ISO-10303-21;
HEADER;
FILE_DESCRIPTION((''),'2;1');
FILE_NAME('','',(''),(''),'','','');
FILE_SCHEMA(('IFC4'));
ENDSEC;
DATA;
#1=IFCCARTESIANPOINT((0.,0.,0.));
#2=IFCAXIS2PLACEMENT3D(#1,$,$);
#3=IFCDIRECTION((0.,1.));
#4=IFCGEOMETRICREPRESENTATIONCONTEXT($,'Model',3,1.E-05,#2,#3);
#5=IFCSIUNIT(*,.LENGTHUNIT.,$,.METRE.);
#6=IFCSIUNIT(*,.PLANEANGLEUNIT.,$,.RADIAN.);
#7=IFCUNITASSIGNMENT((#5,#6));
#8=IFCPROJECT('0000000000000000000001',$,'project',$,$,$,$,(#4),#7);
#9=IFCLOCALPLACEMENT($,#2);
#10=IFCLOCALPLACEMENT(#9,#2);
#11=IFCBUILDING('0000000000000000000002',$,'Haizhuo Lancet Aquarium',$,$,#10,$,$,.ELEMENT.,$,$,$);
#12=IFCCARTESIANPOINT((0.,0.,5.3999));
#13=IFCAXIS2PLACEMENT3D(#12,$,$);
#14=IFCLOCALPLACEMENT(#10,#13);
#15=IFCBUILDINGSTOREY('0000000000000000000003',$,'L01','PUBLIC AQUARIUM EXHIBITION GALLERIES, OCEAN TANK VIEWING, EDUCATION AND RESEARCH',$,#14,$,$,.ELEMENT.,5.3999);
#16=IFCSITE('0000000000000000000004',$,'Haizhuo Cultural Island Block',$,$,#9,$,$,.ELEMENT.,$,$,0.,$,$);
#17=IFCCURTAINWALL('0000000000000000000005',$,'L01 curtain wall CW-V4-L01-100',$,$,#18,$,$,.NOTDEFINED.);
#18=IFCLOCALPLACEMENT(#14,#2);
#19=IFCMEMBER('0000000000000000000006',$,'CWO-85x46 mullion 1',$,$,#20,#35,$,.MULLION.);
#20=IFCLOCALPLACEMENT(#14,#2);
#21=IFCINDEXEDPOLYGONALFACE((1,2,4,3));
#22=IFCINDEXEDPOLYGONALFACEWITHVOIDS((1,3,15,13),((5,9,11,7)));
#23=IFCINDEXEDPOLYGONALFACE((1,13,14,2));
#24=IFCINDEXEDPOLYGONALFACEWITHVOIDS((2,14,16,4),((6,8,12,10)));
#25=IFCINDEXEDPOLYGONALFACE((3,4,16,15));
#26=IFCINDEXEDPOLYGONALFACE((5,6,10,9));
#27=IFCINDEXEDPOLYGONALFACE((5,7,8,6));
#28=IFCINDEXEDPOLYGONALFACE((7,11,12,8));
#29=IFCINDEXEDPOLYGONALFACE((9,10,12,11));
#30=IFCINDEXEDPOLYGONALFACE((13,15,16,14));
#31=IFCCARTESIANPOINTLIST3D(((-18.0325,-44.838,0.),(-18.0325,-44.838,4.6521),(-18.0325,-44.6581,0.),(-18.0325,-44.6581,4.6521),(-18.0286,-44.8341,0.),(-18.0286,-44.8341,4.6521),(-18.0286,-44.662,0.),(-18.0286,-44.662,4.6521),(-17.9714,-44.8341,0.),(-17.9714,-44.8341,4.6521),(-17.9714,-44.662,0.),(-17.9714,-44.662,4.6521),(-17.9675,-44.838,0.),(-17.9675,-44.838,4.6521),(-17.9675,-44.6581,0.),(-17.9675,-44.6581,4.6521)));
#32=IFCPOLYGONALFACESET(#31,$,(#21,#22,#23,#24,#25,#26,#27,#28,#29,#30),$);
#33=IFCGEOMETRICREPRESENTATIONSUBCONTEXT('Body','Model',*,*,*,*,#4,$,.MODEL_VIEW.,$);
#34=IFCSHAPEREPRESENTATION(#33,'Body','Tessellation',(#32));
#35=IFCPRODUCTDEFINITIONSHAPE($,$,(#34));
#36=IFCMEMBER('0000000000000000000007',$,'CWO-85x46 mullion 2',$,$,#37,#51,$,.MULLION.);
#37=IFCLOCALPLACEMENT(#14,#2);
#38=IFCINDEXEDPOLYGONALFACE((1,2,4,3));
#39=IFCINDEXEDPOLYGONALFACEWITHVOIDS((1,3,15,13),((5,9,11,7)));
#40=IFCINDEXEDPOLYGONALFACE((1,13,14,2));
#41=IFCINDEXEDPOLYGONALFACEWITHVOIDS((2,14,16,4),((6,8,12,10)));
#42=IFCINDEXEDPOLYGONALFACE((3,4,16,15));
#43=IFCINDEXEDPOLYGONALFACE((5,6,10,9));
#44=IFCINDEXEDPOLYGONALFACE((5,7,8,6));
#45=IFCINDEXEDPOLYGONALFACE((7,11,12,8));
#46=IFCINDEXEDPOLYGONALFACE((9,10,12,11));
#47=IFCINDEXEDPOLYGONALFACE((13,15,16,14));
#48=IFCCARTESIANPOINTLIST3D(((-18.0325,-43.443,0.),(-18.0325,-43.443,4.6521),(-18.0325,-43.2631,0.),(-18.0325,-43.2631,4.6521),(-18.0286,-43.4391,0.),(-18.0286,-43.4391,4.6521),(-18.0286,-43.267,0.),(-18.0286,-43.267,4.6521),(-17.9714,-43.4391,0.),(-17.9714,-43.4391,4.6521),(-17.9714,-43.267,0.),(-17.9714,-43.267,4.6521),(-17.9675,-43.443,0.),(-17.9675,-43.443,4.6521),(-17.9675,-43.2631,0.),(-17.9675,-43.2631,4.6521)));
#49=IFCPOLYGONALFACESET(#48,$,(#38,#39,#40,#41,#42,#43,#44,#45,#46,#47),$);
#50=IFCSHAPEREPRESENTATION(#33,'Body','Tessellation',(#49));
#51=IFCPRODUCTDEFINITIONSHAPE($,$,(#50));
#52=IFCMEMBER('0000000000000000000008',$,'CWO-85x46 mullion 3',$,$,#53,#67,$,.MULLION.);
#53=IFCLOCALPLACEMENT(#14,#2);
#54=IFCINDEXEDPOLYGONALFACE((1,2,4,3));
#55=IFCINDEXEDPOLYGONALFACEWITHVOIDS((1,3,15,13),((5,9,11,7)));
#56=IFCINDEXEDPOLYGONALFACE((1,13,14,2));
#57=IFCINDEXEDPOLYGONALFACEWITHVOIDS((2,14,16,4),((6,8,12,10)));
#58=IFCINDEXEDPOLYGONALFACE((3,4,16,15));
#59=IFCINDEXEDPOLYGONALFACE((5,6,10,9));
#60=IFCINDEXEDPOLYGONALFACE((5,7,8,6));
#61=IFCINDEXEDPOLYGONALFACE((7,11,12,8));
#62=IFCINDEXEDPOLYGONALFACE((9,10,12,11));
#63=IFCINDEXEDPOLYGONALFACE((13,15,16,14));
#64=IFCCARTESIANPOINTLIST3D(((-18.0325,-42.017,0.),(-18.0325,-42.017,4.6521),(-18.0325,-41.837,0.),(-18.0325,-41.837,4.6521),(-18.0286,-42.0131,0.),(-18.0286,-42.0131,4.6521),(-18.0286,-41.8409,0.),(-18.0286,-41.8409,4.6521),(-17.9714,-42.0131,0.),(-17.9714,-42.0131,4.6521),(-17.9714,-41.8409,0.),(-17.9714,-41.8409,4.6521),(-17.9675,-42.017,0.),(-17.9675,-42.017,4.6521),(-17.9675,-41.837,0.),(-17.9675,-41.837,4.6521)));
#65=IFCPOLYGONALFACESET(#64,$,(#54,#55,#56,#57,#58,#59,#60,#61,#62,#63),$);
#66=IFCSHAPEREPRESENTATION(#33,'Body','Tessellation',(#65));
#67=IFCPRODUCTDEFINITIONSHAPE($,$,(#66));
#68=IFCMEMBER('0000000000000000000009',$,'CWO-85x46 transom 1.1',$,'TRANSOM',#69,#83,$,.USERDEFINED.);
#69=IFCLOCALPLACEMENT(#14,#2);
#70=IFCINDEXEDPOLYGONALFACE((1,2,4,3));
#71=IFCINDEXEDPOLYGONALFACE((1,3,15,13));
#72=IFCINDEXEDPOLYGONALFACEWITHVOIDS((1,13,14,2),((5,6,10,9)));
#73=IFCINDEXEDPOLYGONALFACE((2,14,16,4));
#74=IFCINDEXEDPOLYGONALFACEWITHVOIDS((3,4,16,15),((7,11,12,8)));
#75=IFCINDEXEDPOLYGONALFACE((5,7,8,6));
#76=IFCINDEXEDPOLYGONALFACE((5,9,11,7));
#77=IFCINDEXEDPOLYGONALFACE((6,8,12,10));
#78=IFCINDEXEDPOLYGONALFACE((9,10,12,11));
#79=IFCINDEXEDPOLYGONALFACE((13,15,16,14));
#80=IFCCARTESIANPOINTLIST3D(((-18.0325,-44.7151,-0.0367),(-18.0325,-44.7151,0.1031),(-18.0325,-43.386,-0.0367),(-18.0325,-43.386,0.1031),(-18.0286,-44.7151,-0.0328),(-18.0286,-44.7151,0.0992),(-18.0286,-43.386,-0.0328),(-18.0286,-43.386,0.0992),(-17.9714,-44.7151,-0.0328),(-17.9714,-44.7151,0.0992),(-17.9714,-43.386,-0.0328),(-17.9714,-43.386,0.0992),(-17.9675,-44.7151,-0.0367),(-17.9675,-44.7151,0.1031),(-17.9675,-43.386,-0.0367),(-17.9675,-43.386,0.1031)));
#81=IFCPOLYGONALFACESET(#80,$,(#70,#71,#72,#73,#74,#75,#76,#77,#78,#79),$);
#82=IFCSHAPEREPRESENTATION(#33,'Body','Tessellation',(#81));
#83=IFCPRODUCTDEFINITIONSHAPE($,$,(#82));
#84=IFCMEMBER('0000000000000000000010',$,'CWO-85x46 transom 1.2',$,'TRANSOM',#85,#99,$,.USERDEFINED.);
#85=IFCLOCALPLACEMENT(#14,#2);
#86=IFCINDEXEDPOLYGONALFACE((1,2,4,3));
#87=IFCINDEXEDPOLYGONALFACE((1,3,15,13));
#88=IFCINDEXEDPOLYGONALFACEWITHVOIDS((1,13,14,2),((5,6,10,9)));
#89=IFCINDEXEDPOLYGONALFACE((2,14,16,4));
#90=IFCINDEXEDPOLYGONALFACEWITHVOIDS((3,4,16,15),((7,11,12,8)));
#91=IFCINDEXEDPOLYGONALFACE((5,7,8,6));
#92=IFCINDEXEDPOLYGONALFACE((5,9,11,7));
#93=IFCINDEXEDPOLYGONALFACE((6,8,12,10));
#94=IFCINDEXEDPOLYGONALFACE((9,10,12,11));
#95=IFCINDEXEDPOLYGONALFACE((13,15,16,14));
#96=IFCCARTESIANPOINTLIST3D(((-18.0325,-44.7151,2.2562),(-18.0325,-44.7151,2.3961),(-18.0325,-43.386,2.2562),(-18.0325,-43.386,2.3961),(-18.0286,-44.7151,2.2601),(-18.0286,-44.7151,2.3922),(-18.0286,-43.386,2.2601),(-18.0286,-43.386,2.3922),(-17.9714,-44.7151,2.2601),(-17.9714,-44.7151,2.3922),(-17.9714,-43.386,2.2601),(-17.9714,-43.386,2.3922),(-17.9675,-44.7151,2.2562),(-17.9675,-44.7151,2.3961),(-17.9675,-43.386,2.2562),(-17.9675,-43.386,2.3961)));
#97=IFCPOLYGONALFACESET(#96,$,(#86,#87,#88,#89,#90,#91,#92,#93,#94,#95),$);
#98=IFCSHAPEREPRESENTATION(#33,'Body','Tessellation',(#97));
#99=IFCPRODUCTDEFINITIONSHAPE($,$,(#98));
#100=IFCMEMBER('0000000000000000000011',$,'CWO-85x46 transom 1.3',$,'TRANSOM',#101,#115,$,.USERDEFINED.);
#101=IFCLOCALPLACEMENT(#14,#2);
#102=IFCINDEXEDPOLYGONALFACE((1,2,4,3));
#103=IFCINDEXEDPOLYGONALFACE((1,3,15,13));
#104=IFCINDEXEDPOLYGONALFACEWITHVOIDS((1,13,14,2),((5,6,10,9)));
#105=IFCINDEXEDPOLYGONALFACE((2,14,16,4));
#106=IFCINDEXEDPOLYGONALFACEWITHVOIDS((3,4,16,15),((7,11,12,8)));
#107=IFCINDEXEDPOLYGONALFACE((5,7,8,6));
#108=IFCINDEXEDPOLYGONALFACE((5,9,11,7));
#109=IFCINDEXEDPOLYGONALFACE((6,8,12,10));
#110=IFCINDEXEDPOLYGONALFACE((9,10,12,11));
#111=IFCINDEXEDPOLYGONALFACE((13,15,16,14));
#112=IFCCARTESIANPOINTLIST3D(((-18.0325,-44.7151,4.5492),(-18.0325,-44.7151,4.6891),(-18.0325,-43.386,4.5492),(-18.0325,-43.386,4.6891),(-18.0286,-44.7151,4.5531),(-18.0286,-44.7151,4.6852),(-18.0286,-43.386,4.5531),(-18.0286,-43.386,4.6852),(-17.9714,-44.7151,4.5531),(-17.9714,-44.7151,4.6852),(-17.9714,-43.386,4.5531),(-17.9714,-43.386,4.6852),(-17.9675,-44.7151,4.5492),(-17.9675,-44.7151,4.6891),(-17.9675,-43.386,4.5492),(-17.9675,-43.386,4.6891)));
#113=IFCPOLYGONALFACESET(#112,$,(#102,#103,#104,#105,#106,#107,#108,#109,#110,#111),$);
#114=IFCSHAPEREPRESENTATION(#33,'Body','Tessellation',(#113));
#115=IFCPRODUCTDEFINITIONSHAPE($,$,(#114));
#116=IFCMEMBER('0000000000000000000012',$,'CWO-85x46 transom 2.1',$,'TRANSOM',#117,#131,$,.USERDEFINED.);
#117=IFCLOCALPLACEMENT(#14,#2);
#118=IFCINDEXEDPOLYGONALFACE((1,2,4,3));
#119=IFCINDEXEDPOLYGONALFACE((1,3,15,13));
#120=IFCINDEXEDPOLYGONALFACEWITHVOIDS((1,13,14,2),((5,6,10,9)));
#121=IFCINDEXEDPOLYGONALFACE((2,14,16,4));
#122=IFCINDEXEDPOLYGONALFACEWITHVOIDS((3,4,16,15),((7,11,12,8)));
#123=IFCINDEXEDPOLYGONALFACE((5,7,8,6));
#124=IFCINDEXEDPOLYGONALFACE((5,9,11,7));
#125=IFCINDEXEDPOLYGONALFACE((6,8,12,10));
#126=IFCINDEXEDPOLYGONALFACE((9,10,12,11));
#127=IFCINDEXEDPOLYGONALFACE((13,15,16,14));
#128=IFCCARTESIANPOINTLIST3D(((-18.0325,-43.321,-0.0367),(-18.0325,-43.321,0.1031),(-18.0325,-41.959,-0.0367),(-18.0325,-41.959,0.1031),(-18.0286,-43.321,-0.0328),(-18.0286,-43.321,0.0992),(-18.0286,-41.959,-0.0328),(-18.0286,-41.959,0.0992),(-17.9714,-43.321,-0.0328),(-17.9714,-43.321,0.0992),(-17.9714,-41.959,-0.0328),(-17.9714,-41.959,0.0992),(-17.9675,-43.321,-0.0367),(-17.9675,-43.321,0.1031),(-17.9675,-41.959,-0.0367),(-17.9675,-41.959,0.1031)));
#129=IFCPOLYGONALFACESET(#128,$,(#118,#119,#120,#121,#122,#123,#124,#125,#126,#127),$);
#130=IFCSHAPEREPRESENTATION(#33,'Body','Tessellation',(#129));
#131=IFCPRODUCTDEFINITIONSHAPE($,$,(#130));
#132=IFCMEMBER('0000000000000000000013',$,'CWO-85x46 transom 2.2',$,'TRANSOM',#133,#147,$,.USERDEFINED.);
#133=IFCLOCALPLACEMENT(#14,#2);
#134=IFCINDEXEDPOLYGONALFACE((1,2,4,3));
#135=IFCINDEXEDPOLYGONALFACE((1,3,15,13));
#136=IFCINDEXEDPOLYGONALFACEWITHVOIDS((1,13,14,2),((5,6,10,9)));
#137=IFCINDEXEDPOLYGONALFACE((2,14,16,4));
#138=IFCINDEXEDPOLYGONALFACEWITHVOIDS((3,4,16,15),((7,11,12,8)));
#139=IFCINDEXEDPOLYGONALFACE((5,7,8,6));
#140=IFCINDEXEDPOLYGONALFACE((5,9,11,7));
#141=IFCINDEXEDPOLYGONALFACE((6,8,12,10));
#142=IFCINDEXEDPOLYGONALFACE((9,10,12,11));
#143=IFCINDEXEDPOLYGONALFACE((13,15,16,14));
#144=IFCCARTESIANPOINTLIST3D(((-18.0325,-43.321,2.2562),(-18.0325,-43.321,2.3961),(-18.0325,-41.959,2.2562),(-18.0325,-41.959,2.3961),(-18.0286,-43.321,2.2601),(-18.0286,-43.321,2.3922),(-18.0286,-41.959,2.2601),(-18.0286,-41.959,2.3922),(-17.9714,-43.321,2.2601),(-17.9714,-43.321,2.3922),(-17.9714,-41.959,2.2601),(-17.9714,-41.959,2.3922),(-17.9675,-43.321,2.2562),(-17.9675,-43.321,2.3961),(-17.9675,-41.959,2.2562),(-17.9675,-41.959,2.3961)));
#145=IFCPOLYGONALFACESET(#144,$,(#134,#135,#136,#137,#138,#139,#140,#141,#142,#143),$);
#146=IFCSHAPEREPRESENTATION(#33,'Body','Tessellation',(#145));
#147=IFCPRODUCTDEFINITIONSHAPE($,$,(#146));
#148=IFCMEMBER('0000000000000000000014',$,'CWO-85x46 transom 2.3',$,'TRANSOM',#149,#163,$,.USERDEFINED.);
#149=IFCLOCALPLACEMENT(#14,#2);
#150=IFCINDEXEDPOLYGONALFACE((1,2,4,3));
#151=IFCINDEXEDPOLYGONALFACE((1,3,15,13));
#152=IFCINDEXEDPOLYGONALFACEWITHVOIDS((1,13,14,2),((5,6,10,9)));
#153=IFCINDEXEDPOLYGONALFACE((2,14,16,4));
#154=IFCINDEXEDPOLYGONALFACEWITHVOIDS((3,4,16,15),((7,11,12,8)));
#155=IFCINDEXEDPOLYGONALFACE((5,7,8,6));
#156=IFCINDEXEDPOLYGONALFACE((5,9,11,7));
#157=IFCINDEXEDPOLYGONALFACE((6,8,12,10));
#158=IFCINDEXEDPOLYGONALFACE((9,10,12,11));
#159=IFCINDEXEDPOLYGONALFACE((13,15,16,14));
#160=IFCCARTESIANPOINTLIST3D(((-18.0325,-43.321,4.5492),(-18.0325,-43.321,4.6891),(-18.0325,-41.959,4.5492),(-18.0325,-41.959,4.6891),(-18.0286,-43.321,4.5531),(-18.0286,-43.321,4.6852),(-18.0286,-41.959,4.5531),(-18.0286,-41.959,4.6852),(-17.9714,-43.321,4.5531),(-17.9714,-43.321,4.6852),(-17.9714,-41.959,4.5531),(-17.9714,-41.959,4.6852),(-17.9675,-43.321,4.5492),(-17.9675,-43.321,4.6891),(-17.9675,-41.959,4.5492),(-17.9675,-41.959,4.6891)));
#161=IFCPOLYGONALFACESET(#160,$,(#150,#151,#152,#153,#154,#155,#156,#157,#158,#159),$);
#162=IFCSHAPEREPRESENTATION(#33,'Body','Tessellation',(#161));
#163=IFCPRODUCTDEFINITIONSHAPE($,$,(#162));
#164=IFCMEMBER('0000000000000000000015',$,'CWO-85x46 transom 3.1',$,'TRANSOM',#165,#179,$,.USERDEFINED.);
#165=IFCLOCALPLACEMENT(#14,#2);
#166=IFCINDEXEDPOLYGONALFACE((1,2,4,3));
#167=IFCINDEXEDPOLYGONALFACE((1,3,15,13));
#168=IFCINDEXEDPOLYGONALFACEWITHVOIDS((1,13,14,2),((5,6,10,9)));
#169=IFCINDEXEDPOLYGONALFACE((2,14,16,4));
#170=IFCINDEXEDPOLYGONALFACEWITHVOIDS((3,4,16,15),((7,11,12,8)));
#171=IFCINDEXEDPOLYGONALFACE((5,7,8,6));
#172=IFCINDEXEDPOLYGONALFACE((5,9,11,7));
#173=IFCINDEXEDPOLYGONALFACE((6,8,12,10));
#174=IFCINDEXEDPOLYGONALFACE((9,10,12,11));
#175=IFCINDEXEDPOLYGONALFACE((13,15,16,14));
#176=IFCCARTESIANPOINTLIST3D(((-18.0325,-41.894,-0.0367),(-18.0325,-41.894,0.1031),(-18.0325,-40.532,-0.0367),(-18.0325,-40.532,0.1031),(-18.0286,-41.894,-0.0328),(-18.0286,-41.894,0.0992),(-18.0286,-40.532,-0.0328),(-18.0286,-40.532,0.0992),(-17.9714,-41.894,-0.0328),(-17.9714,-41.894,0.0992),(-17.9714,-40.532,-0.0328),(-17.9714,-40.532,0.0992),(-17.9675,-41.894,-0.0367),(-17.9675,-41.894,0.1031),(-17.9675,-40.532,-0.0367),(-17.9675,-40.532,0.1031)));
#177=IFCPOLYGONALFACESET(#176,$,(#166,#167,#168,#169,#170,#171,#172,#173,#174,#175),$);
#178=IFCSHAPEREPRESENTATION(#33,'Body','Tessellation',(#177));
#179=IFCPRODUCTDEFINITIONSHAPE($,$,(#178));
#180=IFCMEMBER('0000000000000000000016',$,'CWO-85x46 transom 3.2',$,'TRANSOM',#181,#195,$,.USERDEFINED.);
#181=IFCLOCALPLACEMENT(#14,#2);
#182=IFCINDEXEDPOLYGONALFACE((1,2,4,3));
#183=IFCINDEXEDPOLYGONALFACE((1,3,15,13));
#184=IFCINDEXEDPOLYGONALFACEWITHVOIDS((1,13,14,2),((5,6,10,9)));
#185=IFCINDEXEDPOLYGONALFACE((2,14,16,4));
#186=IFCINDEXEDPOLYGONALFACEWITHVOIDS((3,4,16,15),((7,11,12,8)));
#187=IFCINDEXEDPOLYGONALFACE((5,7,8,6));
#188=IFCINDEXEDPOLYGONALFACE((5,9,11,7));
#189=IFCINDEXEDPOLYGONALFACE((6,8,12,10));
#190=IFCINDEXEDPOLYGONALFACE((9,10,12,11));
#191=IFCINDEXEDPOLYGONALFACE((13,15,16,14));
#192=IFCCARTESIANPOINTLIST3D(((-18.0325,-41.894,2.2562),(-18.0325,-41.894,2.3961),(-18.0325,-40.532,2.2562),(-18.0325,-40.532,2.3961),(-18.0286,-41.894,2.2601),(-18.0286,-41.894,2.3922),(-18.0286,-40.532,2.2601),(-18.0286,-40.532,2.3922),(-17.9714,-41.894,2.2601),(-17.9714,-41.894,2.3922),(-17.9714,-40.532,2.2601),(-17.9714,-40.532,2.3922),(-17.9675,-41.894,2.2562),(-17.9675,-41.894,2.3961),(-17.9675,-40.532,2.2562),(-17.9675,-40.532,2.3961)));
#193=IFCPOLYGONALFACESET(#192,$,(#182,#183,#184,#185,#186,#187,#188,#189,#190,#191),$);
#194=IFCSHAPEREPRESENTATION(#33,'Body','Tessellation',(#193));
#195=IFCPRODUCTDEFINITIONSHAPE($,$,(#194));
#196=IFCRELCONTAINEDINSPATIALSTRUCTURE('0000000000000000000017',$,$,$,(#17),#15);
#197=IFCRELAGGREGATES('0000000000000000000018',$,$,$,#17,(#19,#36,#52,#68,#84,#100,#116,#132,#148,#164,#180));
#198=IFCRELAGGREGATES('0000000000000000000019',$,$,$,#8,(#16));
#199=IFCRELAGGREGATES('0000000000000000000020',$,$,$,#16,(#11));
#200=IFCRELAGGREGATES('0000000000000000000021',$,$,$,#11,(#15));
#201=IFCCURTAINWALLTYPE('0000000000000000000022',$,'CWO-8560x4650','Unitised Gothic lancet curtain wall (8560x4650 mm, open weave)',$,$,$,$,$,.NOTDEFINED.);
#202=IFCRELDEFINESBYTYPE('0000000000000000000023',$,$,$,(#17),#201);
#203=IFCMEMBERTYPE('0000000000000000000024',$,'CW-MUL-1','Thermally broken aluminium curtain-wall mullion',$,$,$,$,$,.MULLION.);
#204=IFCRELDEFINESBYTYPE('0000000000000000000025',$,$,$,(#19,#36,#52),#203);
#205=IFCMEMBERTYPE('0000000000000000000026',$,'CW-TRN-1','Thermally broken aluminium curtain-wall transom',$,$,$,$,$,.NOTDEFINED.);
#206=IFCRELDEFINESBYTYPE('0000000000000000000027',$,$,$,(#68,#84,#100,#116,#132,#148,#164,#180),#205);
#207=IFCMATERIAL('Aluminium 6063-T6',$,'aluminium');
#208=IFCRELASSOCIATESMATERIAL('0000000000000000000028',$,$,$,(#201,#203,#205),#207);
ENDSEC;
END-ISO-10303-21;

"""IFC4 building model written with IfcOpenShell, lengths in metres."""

from ifc_helpers import new_model, si_unit, direction, frame, origin, origin_2d, place, context, subcontext, project, spatial, hollow_rectangle, extrude, material, material_profile, profile_set, type_object, element, aggregate, save


model = new_model("IFC4")

# Units and contexts
model_context = context("Model", 3, precision=1e-05, world=origin(), true_north=direction((0.0, 1.0)))
body_context = subcontext(model_context, "Body", "Model", "MODEL_VIEW")
ifc_project = project(units=[si_unit("LENGTHUNIT", "METRE"), si_unit("PLANEANGLEUNIT", "RADIAN")], contexts=[model_context])

# Site, building, storey
site_placement = place(None, origin())
site = spatial("IfcSite", under=ifc_project, at=site_placement, Name="Haizhuo Cultural Island Block", CompositionType="ELEMENT", RefElevation=0.0)
building_placement = place(site_placement, origin())
building = spatial("IfcBuilding", under=site, at=building_placement, Name="Haizhuo Lancet Aquarium", CompositionType="ELEMENT")
storey_placement = place(building_placement, frame((0.0, 0.0, 5.3999)))
storey = spatial("IfcBuildingStorey", under=building, at=storey_placement, Name="L01", Description="PUBLIC AQUARIUM EXHIBITION GALLERIES, OCEAN TANK VIEWING, EDUCATION AND RESEARCH", CompositionType="ELEMENT", Elevation=5.3999)

# Curtain wall, members
ifc_material_1 = material(Name="Aluminium 6063-T6", Category="aluminium")
curtain_wall_type = type_object("IfcCurtainWallType", Name="CWO-8560x4650", Description="Unitised Gothic lancet curtain wall (8560x4650 mm, open weave)", PredefinedType="NOTDEFINED", material=ifc_material_1)
curtain_wall_placement = place(storey_placement, origin())
curtain_wall = element("IfcCurtainWall", 1, at=curtain_wall_placement, inside=storey, type_object=curtain_wall_type, Name="L01 curtain wall CW-V4-L01-100", PredefinedType="NOTDEFINED")
ifc_material_profile_1 = material_profile(ifc_material_1, hollow_rectangle(XDim=0.0649, YDim=0.1799, WallThickness=0.0039, at=origin_2d()), Name="ALU-M 65x180x4")
ifc_profile_set_1 = profile_set([ifc_material_profile_1], Name="Aluminium 6063-T6")
member_type_1 = type_object("IfcMemberType", Name="CW-MUL-1", Description="Thermally broken aluminium curtain-wall mullion", PredefinedType="MULLION", material=ifc_profile_set_1)
member_1_placement = place(storey_placement, frame((-18.0, -44.748, 0.0), z_axis=(0.0, 0.0, 1.0), x_axis=(-1.0, 0.0, 0.0)))
member_1 = element("IfcMember", 2, at=member_1_placement, type_object=member_type_1, Name="CWO-85x46 mullion 1", PredefinedType="MULLION", context=body_context, shape_type="SweptSolid", body=[
    extrude(hollow_rectangle(XDim=0.0649, YDim=0.1799, WallThickness=0.0039, at=origin_2d()), origin(), (0.0, 0.0, 1.0), 4.6521),
])
member_2_placement = place(storey_placement, frame((-18.0, -43.353, 0.0), z_axis=(0.0, 0.0, 1.0), x_axis=(-1.0, 0.0, 0.0)))
member_2 = element("IfcMember", 3, at=member_2_placement, type_object=member_type_1, Name="CWO-85x46 mullion 2", PredefinedType="MULLION", context=body_context, shape_type="SweptSolid", body=[
    extrude(hollow_rectangle(XDim=0.0649, YDim=0.1799, WallThickness=0.0039, at=origin_2d()), origin(), (0.0, 0.0, 1.0), 4.6521),
])
member_3_placement = place(storey_placement, frame((-18.0, -41.927, 0.0), z_axis=(0.0, 0.0, 1.0), x_axis=(-1.0, 0.0, 0.0)))
member_3 = element("IfcMember", 4, at=member_3_placement, type_object=member_type_1, Name="CWO-85x46 mullion 3", PredefinedType="MULLION", context=body_context, shape_type="SweptSolid", body=[
    extrude(hollow_rectangle(XDim=0.0649, YDim=0.1799, WallThickness=0.0039, at=origin_2d()), origin(), (0.0, 0.0, 1.0), 4.6521),
])
ifc_material_profile_2 = material_profile(ifc_material_1, hollow_rectangle(XDim=0.0649, YDim=0.1399, WallThickness=0.0039, at=origin_2d()), Name="ALU-T 65x140x4")
ifc_profile_set_2 = profile_set([ifc_material_profile_2], Name="Aluminium 6063-T6")
member_type_2 = type_object("IfcMemberType", Name="CW-TRN-1", Description="Thermally broken aluminium curtain-wall transom", PredefinedType="NOTDEFINED", material=ifc_profile_set_2)
member_4_placement = place(storey_placement, frame((-18.0, -44.7151, 0.0332), z_axis=(0.0, 1.0, 0.0), x_axis=(-1.0, 0.0, 0.0)))
member_4 = element("IfcMember", 5, at=member_4_placement, type_object=member_type_2, Name="CWO-85x46 transom 1.1", ObjectType="TRANSOM", PredefinedType="USERDEFINED", context=body_context, shape_type="SweptSolid", body=[
    extrude(hollow_rectangle(XDim=0.0649, YDim=0.1399, WallThickness=0.0039, at=origin_2d()), origin(), (0.0, 0.0, 1.0), 1.3291),
])
member_5_placement = place(storey_placement, frame((-18.0, -44.7151, 2.3262), z_axis=(0.0, 1.0, 0.0), x_axis=(-1.0, 0.0, 0.0)))
member_5 = element("IfcMember", 6, at=member_5_placement, type_object=member_type_2, Name="CWO-85x46 transom 1.2", ObjectType="TRANSOM", PredefinedType="USERDEFINED", context=body_context, shape_type="SweptSolid", body=[
    extrude(hollow_rectangle(XDim=0.0649, YDim=0.1399, WallThickness=0.0039, at=origin_2d()), origin(), (0.0, 0.0, 1.0), 1.3291),
])
member_6_placement = place(storey_placement, frame((-18.0, -44.7151, 4.6191), z_axis=(0.0, 1.0, 0.0), x_axis=(-1.0, 0.0, 0.0)))
member_6 = element("IfcMember", 7, at=member_6_placement, type_object=member_type_2, Name="CWO-85x46 transom 1.3", ObjectType="TRANSOM", PredefinedType="USERDEFINED", context=body_context, shape_type="SweptSolid", body=[
    extrude(hollow_rectangle(XDim=0.0649, YDim=0.1399, WallThickness=0.0039, at=origin_2d()), origin(), (0.0, 0.0, 1.0), 1.3291),
])
member_7_placement = place(storey_placement, frame((-18.0, -43.321, 0.0332), z_axis=(0.0, 1.0, 0.0), x_axis=(-1.0, 0.0, 0.0)))
member_7 = element("IfcMember", 8, at=member_7_placement, type_object=member_type_2, Name="CWO-85x46 transom 2.1", ObjectType="TRANSOM", PredefinedType="USERDEFINED", context=body_context, shape_type="SweptSolid", body=[
    extrude(hollow_rectangle(XDim=0.0649, YDim=0.1399, WallThickness=0.0039, at=origin_2d()), origin(), (0.0, 0.0, 1.0), 1.3621),
])
member_8_placement = place(storey_placement, frame((-18.0, -43.321, 2.3262), z_axis=(0.0, 1.0, 0.0), x_axis=(-1.0, 0.0, 0.0)))
member_8 = element("IfcMember", 9, at=member_8_placement, type_object=member_type_2, Name="CWO-85x46 transom 2.2", ObjectType="TRANSOM", PredefinedType="USERDEFINED", context=body_context, shape_type="SweptSolid", body=[
    extrude(hollow_rectangle(XDim=0.0649, YDim=0.1399, WallThickness=0.0039, at=origin_2d()), origin(), (0.0, 0.0, 1.0), 1.3621),
])
member_9_placement = place(storey_placement, frame((-18.0, -43.321, 4.6191), z_axis=(0.0, 1.0, 0.0), x_axis=(-1.0, 0.0, 0.0)))
member_9 = element("IfcMember", 10, at=member_9_placement, type_object=member_type_2, Name="CWO-85x46 transom 2.3", ObjectType="TRANSOM", PredefinedType="USERDEFINED", context=body_context, shape_type="SweptSolid", body=[
    extrude(hollow_rectangle(XDim=0.0649, YDim=0.1399, WallThickness=0.0039, at=origin_2d()), origin(), (0.0, 0.0, 1.0), 1.3621),
])
member_10_placement = place(storey_placement, frame((-18.0, -41.894, 0.0332), z_axis=(0.0, 1.0, 0.0), x_axis=(-1.0, 0.0, 0.0)))
member_10 = element("IfcMember", 11, at=member_10_placement, type_object=member_type_2, Name="CWO-85x46 transom 3.1", ObjectType="TRANSOM", PredefinedType="USERDEFINED", context=body_context, shape_type="SweptSolid", body=[
    extrude(hollow_rectangle(XDim=0.0649, YDim=0.1399, WallThickness=0.0039, at=origin_2d()), origin(), (0.0, 0.0, 1.0), 1.3621),
])
member_11_placement = place(storey_placement, frame((-18.0, -41.894, 2.3262), z_axis=(0.0, 1.0, 0.0), x_axis=(-1.0, 0.0, 0.0)))
member_11 = element("IfcMember", 12, at=member_11_placement, type_object=member_type_2, Name="CWO-85x46 transom 3.2", ObjectType="TRANSOM", PredefinedType="USERDEFINED", context=body_context, shape_type="SweptSolid", body=[
    extrude(hollow_rectangle(XDim=0.0649, YDim=0.1399, WallThickness=0.0039, at=origin_2d()), origin(), (0.0, 0.0, 1.0), 1.3621),
])

aggregate(curtain_wall, [member_1, member_2, member_3, member_4, member_5, member_6, member_7, member_8, member_9, member_10, member_11])

save(model, "model.ifc")
